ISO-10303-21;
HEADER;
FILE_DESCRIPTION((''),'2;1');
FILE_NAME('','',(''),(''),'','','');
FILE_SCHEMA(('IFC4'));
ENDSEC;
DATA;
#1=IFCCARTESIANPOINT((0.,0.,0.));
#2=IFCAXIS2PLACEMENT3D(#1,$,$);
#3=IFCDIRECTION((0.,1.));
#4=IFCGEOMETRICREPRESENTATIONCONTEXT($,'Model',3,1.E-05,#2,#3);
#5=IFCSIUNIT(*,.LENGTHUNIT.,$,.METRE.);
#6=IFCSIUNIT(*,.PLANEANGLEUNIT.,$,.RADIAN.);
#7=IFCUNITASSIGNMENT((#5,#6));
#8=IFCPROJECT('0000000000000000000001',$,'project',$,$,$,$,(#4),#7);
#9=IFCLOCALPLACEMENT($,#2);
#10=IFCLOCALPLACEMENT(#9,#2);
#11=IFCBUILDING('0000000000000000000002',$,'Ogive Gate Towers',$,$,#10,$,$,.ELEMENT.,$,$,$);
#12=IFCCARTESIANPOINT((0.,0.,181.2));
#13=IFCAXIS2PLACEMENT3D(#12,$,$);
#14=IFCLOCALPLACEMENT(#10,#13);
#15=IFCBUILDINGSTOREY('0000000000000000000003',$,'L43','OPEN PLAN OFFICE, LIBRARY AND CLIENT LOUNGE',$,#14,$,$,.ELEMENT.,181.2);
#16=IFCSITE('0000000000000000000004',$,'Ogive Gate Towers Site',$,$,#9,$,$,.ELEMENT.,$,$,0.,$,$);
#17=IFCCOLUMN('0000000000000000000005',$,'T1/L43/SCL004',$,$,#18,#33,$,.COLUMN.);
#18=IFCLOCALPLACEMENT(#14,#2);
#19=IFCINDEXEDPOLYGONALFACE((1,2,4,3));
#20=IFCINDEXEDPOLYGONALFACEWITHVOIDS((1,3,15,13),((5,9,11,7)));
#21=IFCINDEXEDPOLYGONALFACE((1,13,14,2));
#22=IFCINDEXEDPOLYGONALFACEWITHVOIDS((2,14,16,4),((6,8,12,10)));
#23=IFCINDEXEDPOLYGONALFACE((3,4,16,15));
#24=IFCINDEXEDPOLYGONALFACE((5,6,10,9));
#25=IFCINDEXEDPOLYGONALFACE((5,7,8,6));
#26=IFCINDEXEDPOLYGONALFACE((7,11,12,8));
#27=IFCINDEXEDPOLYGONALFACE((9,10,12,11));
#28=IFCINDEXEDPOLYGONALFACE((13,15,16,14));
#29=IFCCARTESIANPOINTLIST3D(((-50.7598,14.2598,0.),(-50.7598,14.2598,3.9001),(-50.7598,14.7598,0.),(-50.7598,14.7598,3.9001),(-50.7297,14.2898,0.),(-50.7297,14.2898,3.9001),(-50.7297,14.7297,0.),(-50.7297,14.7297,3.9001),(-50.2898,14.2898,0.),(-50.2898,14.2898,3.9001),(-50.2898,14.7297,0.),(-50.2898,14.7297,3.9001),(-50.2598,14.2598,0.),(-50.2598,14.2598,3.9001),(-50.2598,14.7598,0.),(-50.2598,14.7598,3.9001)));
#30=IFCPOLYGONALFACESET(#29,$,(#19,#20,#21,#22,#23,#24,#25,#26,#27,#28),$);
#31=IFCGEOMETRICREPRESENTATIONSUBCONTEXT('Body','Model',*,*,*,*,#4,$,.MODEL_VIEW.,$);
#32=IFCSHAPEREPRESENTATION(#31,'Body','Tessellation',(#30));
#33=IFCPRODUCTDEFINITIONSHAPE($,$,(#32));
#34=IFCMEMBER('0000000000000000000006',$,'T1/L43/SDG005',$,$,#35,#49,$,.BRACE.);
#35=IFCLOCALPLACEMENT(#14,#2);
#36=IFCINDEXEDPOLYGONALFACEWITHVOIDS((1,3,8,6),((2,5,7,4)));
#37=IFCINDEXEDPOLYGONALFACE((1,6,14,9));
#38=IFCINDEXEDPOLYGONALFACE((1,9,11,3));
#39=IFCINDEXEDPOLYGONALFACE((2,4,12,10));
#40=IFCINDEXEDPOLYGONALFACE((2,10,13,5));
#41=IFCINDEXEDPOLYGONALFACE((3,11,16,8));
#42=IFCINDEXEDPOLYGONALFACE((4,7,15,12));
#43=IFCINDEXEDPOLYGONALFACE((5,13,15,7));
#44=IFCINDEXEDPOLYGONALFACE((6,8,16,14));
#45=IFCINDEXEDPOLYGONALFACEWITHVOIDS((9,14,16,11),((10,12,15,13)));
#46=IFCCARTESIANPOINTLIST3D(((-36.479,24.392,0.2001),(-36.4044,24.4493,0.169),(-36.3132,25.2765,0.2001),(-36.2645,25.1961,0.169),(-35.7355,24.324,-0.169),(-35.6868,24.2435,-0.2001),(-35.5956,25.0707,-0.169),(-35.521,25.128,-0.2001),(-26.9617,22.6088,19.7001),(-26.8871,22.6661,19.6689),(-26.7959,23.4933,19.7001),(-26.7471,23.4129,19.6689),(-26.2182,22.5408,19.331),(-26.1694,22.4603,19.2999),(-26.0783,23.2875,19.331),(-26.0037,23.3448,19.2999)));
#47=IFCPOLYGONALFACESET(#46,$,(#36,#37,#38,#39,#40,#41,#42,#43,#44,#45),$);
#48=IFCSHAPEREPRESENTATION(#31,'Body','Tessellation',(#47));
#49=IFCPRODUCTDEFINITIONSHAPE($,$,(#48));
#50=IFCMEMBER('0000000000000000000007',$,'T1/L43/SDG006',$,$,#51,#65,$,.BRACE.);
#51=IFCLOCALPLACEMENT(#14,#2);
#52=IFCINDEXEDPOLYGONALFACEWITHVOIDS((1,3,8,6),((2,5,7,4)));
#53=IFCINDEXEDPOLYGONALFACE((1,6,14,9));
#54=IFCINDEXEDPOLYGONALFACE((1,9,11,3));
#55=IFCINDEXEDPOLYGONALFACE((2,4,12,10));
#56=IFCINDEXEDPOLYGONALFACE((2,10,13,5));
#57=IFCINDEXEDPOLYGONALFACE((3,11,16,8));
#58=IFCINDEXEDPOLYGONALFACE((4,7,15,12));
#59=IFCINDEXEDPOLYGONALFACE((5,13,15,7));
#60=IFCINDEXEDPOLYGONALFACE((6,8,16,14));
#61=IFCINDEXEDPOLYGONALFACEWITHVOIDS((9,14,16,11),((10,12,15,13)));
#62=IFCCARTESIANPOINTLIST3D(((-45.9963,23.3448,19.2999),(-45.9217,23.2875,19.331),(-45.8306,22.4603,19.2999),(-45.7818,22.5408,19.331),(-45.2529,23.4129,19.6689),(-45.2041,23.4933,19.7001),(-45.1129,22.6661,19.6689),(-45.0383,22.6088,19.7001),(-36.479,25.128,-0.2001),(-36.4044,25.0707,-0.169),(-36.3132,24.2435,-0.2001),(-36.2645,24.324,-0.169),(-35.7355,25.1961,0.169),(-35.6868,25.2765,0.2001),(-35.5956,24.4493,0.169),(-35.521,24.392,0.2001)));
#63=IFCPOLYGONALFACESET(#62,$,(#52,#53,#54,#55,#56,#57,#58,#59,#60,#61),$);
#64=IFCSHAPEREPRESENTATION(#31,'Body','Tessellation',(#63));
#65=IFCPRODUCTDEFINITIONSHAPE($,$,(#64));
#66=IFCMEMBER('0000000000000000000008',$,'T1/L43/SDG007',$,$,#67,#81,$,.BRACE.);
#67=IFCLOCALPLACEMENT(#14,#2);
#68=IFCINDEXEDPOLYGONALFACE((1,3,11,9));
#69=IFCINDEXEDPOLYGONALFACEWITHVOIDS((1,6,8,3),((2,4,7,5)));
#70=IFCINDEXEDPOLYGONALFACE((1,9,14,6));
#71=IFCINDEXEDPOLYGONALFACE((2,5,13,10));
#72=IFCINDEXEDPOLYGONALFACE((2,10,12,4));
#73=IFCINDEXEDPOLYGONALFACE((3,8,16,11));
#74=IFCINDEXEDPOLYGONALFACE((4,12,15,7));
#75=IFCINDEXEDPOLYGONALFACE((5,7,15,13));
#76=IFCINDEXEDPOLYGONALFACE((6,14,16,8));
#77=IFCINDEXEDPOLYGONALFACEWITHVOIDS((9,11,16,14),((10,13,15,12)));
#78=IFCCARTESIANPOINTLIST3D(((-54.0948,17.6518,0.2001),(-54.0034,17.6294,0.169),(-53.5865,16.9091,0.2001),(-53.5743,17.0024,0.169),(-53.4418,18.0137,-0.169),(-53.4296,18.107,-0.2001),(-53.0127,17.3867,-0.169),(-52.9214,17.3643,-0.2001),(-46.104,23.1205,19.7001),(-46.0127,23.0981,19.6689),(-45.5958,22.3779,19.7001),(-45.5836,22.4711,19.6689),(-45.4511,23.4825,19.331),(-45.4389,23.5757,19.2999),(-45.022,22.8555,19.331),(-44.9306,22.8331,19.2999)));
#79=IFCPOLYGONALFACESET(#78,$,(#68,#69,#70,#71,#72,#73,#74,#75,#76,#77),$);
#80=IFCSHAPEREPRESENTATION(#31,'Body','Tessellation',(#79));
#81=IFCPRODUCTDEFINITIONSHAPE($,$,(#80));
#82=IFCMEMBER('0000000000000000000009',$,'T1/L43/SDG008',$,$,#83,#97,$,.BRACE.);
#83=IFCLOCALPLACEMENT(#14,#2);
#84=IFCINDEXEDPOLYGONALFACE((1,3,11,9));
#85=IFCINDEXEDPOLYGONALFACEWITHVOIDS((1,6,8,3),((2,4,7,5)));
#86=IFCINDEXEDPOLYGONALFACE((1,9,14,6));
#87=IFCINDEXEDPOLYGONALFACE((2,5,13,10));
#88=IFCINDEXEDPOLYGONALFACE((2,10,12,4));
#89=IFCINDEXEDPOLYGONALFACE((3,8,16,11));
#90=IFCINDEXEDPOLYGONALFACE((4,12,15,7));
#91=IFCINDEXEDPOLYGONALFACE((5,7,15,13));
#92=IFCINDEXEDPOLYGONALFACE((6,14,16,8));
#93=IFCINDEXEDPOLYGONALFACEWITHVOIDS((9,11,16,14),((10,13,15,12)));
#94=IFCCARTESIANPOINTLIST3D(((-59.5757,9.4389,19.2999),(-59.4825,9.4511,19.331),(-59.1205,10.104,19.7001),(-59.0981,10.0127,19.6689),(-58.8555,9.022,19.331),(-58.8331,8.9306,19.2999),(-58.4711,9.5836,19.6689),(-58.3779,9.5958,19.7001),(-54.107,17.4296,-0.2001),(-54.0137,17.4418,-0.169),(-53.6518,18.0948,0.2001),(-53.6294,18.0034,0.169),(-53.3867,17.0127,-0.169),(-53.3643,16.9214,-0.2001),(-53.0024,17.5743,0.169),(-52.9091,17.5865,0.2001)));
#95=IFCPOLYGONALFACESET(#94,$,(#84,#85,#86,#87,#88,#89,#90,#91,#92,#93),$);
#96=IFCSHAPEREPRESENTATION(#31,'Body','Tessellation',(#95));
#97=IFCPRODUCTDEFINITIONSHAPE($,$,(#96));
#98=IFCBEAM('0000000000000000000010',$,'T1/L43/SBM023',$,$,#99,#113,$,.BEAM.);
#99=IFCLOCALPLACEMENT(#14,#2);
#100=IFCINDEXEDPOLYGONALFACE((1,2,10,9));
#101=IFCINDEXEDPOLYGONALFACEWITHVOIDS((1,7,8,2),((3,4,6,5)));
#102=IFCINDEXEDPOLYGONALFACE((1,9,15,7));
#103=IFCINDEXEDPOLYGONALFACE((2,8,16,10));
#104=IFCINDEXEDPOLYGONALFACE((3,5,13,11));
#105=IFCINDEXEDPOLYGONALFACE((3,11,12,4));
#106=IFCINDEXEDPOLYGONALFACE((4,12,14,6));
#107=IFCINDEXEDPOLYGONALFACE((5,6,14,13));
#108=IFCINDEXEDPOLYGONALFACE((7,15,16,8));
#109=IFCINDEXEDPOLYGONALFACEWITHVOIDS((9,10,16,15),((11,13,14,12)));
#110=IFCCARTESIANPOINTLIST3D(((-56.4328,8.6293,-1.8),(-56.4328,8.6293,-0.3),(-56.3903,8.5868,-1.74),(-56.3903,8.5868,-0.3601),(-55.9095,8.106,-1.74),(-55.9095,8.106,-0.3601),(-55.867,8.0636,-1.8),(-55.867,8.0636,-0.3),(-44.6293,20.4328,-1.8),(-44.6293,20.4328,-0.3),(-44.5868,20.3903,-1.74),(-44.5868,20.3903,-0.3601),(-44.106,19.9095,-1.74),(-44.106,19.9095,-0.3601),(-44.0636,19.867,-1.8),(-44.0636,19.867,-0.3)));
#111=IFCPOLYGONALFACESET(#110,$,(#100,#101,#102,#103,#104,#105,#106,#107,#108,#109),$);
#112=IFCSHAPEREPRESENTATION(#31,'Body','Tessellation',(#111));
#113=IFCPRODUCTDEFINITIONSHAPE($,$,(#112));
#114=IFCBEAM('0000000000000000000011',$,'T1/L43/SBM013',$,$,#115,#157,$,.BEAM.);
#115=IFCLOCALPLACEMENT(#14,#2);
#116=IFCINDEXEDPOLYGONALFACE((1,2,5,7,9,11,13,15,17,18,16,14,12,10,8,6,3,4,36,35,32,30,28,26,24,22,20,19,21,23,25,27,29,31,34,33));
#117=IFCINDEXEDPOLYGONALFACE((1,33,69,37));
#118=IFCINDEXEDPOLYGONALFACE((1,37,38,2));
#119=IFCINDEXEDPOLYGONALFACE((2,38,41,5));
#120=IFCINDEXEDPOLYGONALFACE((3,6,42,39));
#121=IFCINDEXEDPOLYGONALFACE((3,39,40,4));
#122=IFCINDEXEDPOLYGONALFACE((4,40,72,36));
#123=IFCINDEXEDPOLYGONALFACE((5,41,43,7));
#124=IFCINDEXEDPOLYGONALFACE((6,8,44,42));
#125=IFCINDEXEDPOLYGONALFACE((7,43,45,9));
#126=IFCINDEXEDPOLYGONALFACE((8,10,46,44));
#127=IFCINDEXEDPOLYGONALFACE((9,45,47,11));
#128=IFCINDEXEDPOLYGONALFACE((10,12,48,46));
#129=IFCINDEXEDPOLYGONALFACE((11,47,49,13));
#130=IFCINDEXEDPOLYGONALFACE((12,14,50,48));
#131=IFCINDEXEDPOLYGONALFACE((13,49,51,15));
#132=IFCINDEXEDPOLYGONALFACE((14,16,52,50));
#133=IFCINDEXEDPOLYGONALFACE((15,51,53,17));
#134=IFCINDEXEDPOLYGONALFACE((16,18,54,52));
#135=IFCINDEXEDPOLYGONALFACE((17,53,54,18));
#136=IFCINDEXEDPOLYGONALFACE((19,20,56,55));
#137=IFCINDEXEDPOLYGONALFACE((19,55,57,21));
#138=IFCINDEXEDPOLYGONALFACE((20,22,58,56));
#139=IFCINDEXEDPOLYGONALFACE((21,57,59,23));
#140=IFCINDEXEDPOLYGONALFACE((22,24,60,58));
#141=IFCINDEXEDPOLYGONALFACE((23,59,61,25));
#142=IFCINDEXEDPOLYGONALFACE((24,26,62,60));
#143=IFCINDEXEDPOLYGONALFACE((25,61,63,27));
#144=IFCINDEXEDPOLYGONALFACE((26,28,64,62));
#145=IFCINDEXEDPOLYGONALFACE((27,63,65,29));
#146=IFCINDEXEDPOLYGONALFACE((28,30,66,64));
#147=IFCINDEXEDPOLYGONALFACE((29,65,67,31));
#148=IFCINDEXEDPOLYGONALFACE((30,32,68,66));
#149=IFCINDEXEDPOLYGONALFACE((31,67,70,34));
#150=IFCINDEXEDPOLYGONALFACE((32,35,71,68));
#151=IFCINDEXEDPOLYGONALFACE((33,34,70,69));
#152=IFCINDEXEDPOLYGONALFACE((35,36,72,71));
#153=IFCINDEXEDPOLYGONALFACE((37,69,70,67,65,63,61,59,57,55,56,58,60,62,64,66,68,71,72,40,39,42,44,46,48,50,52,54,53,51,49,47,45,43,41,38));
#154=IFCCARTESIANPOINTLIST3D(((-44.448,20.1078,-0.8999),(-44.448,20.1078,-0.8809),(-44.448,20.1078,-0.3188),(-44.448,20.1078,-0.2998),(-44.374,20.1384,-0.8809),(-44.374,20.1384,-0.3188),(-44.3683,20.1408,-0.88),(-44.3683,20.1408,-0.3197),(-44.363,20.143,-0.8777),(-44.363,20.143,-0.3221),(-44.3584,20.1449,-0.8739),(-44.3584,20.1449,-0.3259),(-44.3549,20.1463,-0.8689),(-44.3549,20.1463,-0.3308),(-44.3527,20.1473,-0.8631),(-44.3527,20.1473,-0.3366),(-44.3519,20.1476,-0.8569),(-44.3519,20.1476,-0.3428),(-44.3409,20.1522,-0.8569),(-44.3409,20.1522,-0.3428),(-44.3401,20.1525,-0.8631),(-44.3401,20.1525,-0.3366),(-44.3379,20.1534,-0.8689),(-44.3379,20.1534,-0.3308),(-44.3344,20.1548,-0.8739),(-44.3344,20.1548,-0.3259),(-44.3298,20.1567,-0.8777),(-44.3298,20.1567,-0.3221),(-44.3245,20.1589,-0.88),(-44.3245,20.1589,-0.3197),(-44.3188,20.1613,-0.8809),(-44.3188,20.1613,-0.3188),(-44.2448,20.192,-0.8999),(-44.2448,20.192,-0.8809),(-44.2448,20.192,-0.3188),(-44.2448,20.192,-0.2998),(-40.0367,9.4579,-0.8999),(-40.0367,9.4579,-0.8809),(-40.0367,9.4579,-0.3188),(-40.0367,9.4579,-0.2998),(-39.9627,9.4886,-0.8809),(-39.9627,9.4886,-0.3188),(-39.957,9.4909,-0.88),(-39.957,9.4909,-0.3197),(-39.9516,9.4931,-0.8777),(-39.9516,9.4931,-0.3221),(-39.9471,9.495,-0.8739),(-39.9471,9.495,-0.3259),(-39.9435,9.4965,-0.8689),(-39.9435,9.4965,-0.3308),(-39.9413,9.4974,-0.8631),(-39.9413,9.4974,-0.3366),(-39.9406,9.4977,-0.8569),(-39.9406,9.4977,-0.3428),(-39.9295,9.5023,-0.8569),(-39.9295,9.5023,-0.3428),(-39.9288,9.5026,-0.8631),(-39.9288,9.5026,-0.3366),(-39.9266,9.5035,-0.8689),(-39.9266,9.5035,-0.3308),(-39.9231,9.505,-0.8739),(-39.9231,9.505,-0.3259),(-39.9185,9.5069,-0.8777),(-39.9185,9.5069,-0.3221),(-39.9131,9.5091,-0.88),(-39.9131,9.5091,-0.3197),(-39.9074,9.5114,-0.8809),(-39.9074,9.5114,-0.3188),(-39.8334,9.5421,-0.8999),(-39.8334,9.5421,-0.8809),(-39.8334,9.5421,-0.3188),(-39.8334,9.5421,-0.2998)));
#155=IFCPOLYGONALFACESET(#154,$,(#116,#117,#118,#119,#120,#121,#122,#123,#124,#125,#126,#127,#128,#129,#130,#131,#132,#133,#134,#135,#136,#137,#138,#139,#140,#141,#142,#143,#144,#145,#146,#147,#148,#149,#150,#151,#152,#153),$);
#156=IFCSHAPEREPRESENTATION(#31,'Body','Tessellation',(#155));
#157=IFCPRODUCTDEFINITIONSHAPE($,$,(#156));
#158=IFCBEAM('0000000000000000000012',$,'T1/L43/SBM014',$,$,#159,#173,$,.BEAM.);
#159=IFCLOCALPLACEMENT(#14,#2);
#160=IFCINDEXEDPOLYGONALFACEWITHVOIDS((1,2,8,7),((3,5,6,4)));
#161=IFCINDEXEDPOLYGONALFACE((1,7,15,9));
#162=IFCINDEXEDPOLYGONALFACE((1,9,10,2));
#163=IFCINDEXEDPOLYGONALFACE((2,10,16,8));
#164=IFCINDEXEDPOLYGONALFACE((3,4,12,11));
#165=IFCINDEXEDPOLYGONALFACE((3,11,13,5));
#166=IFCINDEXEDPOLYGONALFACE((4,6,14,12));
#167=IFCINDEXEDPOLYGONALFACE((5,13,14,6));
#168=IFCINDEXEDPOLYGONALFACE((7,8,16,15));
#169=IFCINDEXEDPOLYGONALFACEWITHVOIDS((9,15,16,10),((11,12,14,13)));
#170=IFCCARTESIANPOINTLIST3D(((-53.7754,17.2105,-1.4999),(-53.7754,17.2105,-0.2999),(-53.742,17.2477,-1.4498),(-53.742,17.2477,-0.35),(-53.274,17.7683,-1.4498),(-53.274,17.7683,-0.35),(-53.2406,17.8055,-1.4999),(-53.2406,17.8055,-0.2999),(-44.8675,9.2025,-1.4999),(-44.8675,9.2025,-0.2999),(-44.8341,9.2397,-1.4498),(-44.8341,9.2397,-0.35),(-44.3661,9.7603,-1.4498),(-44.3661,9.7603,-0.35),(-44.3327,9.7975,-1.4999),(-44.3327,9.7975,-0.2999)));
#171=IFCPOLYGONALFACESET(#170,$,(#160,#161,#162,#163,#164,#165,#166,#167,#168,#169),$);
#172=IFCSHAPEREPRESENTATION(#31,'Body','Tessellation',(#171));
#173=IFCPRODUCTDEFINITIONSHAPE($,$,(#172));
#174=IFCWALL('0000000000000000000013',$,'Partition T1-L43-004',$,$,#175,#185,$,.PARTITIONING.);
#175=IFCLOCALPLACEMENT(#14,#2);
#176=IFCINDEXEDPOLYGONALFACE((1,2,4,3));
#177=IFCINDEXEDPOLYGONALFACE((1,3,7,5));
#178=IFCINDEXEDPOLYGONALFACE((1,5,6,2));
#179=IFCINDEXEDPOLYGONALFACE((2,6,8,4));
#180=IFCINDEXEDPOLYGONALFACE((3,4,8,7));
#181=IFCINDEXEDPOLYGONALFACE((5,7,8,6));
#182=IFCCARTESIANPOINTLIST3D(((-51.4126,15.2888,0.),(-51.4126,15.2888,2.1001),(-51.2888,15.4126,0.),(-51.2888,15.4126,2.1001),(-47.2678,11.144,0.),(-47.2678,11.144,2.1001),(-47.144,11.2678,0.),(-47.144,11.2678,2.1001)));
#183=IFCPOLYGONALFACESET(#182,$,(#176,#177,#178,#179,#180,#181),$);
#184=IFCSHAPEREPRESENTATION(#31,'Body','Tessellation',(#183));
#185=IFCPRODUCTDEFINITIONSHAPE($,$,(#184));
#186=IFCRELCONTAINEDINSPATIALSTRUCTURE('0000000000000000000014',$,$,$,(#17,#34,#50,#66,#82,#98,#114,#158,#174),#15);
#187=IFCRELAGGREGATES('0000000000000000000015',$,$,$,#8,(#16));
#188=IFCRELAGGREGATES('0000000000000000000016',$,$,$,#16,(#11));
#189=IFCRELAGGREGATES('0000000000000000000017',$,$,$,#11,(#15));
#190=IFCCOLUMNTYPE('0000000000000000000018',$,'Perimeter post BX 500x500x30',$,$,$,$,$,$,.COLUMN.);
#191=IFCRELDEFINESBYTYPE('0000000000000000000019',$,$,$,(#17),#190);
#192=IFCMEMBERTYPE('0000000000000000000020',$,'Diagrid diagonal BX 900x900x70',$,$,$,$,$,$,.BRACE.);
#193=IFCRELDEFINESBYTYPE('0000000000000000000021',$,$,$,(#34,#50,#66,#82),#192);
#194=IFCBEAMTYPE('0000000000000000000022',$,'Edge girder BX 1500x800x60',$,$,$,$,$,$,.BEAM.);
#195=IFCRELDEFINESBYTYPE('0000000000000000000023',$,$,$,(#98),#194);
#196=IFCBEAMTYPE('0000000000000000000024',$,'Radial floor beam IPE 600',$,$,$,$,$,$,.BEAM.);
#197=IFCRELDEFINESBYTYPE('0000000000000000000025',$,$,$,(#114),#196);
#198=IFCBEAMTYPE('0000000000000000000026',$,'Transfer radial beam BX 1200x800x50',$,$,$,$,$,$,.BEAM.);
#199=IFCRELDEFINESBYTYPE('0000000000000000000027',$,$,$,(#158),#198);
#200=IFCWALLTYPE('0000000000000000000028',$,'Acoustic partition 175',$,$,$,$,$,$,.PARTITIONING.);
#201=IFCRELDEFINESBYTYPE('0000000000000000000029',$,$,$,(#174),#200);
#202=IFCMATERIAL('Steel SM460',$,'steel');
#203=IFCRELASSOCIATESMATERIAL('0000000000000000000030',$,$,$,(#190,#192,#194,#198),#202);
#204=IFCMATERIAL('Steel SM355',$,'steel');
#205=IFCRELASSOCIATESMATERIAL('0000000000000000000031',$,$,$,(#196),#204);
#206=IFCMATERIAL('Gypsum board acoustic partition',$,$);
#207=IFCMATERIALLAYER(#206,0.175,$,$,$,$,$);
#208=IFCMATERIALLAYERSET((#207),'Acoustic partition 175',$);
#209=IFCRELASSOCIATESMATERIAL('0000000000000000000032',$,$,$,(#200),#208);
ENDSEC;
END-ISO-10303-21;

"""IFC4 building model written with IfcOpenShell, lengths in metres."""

from ifc_helpers import new_model, si_unit, direction, frame, frame_2d, origin, origin_2d, place, context, subcontext, project, spatial, rectangle, hollow_rectangle, i_section, extrude, material, layer, layer_set, material_profile, profile_set, type_object, element, save


model = new_model("IFC4")

# Units and contexts
model_context = context("Model", 3, precision=1e-05, world=origin(), true_north=direction((0.0, 1.0)))
body_context = subcontext(model_context, "Body", "Model", "MODEL_VIEW")
ifc_project = project(units=[si_unit("LENGTHUNIT", "METRE"), si_unit("PLANEANGLEUNIT", "RADIAN")], contexts=[model_context])

# Site, building, storey
site_placement = place(None, origin())
site = spatial("IfcSite", under=ifc_project, at=site_placement, Name="Ogive Gate Towers Site", CompositionType="ELEMENT", RefElevation=0.0)
building_placement = place(site_placement, origin())
building = spatial("IfcBuilding", under=site, at=building_placement, Name="Ogive Gate Towers", CompositionType="ELEMENT")
storey_placement = place(building_placement, frame((0.0, 0.0, 181.2)))
storey = spatial("IfcBuildingStorey", under=building, at=storey_placement, Name="L43", Description="OPEN PLAN OFFICE, LIBRARY AND CLIENT LOUNGE", CompositionType="ELEMENT", Elevation=181.2)

# Column
ifc_material_1 = material(Name="Steel SM460", Category="steel")
ifc_material_profile_1 = material_profile(ifc_material_1, hollow_rectangle(XDim=0.5, YDim=0.5, WallThickness=0.03, at=origin_2d()), Name="BX 500x500x30")
ifc_profile_set_1 = profile_set([ifc_material_profile_1], Name="Steel SM460")
column_type = type_object("IfcColumnType", Name="Perimeter post BX 500x500x30", PredefinedType="COLUMN", material=ifc_profile_set_1)
column_placement = place(storey_placement, frame((-50.5098, 14.5098, 0.0), z_axis=(0.0, 0.0, 1.0), x_axis=(1.0, 0.0, 0.0)))
element("IfcColumn", 1, at=column_placement, inside=storey, type_object=column_type, Name="T1/L43/SCL004", PredefinedType="COLUMN", context=body_context, shape_type="SweptSolid", body=[
    extrude(hollow_rectangle(XDim=0.5, YDim=0.5, WallThickness=0.03, at=origin_2d()), origin(), (0.0, 0.0, 1.0), 3.9001),
])

# Members
ifc_material_profile_2 = material_profile(ifc_material_1, hollow_rectangle(XDim=0.8999, YDim=0.8999, WallThickness=0.0701, at=origin_2d()), Name="BX 900x900x70")
ifc_profile_set_2 = profile_set([ifc_material_profile_2], Name="Steel SM460")
member_type = type_object("IfcMemberType", Name="Diagrid diagonal BX 900x900x70", PredefinedType="BRACE", material=ifc_profile_set_2)
for number, where, z_axis, x_axis, name in (
    (2, (-36.0, 24.76, 0.0), (0.437141, -0.081904, 0.895656), (0.184159, 0.982896, 0.0), "T1/L43/SDG005"),
    (3, (-36.0, 24.76, 0.0), (-0.437141, -0.081904, 0.895656), (0.184159, -0.982896, 0.0), "T1/L43/SDG006"),
    (4, (-53.5081, 17.5081, 0.0), (0.367023, 0.251186, 0.895656), (-0.564783, 0.825239, 0.0), "T1/L43/SDG007"),
    (5, (-53.5081, 17.5081, 0.0), (-0.251186, -0.367023, 0.895656), (0.825239, -0.564783, 0.0), "T1/L43/SDG008"),
):
    element("IfcMember", number, at=place(storey_placement, frame(where, z_axis=z_axis, x_axis=x_axis)), inside=storey, type_object=member_type, Name=name, PredefinedType="BRACE", context=body_context, shape_type="SweptSolid", body=[
        extrude(hollow_rectangle(XDim=0.8999, YDim=0.8999, WallThickness=0.0701, at=origin_2d()), origin(), (0.0, 0.0, 1.0), 21.7717),
    ])

# Beams
ifc_material_profile_3 = material_profile(ifc_material_1, hollow_rectangle(XDim=0.8, YDim=1.5, WallThickness=0.0601, at=origin_2d()), Name="BX 1500x800x60")
ifc_profile_set_3 = profile_set([ifc_material_profile_3], Name="Steel SM460")
beam_type_1 = type_object("IfcBeamType", Name="Edge girder BX 1500x800x60", PredefinedType="BEAM", material=ifc_profile_set_3)
beam_1_placement = place(storey_placement, frame((-44.3464, 20.1499, -1.05), z_axis=(-0.707107, -0.707107, 0.0), x_axis=(0.707107, -0.707107, 0.0)))
element("IfcBeam", 6, at=beam_1_placement, inside=storey, type_object=beam_type_1, Name="T1/L43/SBM023", PredefinedType="BEAM", context=body_context, shape_type="SweptSolid", body=[
    extrude(hollow_rectangle(XDim=0.8, YDim=1.5, WallThickness=0.0601, at=origin_2d()), origin(), (0.0, 0.0, 1.0), 16.6926),
])
ifc_material_2 = material(Name="Steel SM355", Category="steel")
ifc_material_profile_4 = material_profile(ifc_material_2, i_section(OverallWidth=0.22, OverallDepth=0.6001, WebThickness=0.012, FlangeThickness=0.019, FilletRadius=0.0239, at=origin_2d()), Name="IPE 600")
ifc_profile_set_4 = profile_set([ifc_material_profile_4], Name="Steel SM355")
beam_type_2 = type_object("IfcBeamType", Name="Radial floor beam IPE 600", PredefinedType="BEAM", material=ifc_profile_set_4)
beam_2_placement = place(storey_placement, frame((-39.9351, 9.5, -0.5999), z_axis=(-0.382687, 0.923878, 0.0), x_axis=(-0.923878, -0.382687, 0.0)))
element("IfcBeam", 7, at=beam_2_placement, inside=storey, type_object=beam_type_2, Name="T1/L43/SBM013", PredefinedType="BEAM", context=body_context, shape_type="SweptSolid", body=[
    extrude(i_section(OverallWidth=0.22, OverallDepth=0.6001, WebThickness=0.012, FlangeThickness=0.019, FilletRadius=0.0239, at=origin_2d()), origin(), (0.0, 0.0, 1.0), 11.5273),
])
ifc_material_profile_5 = material_profile(ifc_material_1, hollow_rectangle(XDim=0.8, YDim=1.2, WallThickness=0.05, at=origin_2d()), Name="BX 1200x800x50")
ifc_profile_set_5 = profile_set([ifc_material_profile_5], Name="Steel SM460")
beam_type_3 = type_object("IfcBeamType", Name="Transfer radial beam BX 1200x800x50", PredefinedType="BEAM", material=ifc_profile_set_5)
beam_3_placement = place(storey_placement, frame((-44.6001, 9.5, -0.8999), z_axis=(-0.743672, 0.668545, 0.0), x_axis=(-0.668545, -0.743672, 0.0)))
element("IfcBeam", 8, at=beam_3_placement, inside=storey, type_object=beam_type_3, Name="T1/L43/SBM014", PredefinedType="BEAM", context=body_context, shape_type="SweptSolid", body=[
    extrude(hollow_rectangle(XDim=0.8, YDim=1.2, WallThickness=0.05, at=origin_2d()), origin(), (0.0, 0.0, 1.0), 11.9783),
])

# Wall
ifc_material_3 = material(Name="Gypsum board acoustic partition")
ifc_layer_1 = layer(ifc_material_3, 0.175)
ifc_layer_set_1 = layer_set([ifc_layer_1], Name="Acoustic partition 175")
wall_type_1 = type_object("IfcWallType", Name="Acoustic partition 175", PredefinedType="PARTITIONING", material=ifc_layer_set_1)
wall_1_placement = place(storey_placement, frame((-51.3506, 15.3506, 0.0), z_axis=(0.0, 0.0, 1.0), x_axis=(0.707107, -0.707107, 0.0)))
element("IfcWall", 9, at=wall_1_placement, inside=storey, type_object=wall_type_1, Name="Partition T1-L43-004", PredefinedType="PARTITIONING", context=body_context, shape_type="SweptSolid", body=[
    extrude(rectangle(XDim=5.8616, YDim=0.175, at=frame_2d((2.9307, 0.0))), origin(), (0.0, 0.0, 1.0), 2.1001),
])

save(model, "model.ifc")
